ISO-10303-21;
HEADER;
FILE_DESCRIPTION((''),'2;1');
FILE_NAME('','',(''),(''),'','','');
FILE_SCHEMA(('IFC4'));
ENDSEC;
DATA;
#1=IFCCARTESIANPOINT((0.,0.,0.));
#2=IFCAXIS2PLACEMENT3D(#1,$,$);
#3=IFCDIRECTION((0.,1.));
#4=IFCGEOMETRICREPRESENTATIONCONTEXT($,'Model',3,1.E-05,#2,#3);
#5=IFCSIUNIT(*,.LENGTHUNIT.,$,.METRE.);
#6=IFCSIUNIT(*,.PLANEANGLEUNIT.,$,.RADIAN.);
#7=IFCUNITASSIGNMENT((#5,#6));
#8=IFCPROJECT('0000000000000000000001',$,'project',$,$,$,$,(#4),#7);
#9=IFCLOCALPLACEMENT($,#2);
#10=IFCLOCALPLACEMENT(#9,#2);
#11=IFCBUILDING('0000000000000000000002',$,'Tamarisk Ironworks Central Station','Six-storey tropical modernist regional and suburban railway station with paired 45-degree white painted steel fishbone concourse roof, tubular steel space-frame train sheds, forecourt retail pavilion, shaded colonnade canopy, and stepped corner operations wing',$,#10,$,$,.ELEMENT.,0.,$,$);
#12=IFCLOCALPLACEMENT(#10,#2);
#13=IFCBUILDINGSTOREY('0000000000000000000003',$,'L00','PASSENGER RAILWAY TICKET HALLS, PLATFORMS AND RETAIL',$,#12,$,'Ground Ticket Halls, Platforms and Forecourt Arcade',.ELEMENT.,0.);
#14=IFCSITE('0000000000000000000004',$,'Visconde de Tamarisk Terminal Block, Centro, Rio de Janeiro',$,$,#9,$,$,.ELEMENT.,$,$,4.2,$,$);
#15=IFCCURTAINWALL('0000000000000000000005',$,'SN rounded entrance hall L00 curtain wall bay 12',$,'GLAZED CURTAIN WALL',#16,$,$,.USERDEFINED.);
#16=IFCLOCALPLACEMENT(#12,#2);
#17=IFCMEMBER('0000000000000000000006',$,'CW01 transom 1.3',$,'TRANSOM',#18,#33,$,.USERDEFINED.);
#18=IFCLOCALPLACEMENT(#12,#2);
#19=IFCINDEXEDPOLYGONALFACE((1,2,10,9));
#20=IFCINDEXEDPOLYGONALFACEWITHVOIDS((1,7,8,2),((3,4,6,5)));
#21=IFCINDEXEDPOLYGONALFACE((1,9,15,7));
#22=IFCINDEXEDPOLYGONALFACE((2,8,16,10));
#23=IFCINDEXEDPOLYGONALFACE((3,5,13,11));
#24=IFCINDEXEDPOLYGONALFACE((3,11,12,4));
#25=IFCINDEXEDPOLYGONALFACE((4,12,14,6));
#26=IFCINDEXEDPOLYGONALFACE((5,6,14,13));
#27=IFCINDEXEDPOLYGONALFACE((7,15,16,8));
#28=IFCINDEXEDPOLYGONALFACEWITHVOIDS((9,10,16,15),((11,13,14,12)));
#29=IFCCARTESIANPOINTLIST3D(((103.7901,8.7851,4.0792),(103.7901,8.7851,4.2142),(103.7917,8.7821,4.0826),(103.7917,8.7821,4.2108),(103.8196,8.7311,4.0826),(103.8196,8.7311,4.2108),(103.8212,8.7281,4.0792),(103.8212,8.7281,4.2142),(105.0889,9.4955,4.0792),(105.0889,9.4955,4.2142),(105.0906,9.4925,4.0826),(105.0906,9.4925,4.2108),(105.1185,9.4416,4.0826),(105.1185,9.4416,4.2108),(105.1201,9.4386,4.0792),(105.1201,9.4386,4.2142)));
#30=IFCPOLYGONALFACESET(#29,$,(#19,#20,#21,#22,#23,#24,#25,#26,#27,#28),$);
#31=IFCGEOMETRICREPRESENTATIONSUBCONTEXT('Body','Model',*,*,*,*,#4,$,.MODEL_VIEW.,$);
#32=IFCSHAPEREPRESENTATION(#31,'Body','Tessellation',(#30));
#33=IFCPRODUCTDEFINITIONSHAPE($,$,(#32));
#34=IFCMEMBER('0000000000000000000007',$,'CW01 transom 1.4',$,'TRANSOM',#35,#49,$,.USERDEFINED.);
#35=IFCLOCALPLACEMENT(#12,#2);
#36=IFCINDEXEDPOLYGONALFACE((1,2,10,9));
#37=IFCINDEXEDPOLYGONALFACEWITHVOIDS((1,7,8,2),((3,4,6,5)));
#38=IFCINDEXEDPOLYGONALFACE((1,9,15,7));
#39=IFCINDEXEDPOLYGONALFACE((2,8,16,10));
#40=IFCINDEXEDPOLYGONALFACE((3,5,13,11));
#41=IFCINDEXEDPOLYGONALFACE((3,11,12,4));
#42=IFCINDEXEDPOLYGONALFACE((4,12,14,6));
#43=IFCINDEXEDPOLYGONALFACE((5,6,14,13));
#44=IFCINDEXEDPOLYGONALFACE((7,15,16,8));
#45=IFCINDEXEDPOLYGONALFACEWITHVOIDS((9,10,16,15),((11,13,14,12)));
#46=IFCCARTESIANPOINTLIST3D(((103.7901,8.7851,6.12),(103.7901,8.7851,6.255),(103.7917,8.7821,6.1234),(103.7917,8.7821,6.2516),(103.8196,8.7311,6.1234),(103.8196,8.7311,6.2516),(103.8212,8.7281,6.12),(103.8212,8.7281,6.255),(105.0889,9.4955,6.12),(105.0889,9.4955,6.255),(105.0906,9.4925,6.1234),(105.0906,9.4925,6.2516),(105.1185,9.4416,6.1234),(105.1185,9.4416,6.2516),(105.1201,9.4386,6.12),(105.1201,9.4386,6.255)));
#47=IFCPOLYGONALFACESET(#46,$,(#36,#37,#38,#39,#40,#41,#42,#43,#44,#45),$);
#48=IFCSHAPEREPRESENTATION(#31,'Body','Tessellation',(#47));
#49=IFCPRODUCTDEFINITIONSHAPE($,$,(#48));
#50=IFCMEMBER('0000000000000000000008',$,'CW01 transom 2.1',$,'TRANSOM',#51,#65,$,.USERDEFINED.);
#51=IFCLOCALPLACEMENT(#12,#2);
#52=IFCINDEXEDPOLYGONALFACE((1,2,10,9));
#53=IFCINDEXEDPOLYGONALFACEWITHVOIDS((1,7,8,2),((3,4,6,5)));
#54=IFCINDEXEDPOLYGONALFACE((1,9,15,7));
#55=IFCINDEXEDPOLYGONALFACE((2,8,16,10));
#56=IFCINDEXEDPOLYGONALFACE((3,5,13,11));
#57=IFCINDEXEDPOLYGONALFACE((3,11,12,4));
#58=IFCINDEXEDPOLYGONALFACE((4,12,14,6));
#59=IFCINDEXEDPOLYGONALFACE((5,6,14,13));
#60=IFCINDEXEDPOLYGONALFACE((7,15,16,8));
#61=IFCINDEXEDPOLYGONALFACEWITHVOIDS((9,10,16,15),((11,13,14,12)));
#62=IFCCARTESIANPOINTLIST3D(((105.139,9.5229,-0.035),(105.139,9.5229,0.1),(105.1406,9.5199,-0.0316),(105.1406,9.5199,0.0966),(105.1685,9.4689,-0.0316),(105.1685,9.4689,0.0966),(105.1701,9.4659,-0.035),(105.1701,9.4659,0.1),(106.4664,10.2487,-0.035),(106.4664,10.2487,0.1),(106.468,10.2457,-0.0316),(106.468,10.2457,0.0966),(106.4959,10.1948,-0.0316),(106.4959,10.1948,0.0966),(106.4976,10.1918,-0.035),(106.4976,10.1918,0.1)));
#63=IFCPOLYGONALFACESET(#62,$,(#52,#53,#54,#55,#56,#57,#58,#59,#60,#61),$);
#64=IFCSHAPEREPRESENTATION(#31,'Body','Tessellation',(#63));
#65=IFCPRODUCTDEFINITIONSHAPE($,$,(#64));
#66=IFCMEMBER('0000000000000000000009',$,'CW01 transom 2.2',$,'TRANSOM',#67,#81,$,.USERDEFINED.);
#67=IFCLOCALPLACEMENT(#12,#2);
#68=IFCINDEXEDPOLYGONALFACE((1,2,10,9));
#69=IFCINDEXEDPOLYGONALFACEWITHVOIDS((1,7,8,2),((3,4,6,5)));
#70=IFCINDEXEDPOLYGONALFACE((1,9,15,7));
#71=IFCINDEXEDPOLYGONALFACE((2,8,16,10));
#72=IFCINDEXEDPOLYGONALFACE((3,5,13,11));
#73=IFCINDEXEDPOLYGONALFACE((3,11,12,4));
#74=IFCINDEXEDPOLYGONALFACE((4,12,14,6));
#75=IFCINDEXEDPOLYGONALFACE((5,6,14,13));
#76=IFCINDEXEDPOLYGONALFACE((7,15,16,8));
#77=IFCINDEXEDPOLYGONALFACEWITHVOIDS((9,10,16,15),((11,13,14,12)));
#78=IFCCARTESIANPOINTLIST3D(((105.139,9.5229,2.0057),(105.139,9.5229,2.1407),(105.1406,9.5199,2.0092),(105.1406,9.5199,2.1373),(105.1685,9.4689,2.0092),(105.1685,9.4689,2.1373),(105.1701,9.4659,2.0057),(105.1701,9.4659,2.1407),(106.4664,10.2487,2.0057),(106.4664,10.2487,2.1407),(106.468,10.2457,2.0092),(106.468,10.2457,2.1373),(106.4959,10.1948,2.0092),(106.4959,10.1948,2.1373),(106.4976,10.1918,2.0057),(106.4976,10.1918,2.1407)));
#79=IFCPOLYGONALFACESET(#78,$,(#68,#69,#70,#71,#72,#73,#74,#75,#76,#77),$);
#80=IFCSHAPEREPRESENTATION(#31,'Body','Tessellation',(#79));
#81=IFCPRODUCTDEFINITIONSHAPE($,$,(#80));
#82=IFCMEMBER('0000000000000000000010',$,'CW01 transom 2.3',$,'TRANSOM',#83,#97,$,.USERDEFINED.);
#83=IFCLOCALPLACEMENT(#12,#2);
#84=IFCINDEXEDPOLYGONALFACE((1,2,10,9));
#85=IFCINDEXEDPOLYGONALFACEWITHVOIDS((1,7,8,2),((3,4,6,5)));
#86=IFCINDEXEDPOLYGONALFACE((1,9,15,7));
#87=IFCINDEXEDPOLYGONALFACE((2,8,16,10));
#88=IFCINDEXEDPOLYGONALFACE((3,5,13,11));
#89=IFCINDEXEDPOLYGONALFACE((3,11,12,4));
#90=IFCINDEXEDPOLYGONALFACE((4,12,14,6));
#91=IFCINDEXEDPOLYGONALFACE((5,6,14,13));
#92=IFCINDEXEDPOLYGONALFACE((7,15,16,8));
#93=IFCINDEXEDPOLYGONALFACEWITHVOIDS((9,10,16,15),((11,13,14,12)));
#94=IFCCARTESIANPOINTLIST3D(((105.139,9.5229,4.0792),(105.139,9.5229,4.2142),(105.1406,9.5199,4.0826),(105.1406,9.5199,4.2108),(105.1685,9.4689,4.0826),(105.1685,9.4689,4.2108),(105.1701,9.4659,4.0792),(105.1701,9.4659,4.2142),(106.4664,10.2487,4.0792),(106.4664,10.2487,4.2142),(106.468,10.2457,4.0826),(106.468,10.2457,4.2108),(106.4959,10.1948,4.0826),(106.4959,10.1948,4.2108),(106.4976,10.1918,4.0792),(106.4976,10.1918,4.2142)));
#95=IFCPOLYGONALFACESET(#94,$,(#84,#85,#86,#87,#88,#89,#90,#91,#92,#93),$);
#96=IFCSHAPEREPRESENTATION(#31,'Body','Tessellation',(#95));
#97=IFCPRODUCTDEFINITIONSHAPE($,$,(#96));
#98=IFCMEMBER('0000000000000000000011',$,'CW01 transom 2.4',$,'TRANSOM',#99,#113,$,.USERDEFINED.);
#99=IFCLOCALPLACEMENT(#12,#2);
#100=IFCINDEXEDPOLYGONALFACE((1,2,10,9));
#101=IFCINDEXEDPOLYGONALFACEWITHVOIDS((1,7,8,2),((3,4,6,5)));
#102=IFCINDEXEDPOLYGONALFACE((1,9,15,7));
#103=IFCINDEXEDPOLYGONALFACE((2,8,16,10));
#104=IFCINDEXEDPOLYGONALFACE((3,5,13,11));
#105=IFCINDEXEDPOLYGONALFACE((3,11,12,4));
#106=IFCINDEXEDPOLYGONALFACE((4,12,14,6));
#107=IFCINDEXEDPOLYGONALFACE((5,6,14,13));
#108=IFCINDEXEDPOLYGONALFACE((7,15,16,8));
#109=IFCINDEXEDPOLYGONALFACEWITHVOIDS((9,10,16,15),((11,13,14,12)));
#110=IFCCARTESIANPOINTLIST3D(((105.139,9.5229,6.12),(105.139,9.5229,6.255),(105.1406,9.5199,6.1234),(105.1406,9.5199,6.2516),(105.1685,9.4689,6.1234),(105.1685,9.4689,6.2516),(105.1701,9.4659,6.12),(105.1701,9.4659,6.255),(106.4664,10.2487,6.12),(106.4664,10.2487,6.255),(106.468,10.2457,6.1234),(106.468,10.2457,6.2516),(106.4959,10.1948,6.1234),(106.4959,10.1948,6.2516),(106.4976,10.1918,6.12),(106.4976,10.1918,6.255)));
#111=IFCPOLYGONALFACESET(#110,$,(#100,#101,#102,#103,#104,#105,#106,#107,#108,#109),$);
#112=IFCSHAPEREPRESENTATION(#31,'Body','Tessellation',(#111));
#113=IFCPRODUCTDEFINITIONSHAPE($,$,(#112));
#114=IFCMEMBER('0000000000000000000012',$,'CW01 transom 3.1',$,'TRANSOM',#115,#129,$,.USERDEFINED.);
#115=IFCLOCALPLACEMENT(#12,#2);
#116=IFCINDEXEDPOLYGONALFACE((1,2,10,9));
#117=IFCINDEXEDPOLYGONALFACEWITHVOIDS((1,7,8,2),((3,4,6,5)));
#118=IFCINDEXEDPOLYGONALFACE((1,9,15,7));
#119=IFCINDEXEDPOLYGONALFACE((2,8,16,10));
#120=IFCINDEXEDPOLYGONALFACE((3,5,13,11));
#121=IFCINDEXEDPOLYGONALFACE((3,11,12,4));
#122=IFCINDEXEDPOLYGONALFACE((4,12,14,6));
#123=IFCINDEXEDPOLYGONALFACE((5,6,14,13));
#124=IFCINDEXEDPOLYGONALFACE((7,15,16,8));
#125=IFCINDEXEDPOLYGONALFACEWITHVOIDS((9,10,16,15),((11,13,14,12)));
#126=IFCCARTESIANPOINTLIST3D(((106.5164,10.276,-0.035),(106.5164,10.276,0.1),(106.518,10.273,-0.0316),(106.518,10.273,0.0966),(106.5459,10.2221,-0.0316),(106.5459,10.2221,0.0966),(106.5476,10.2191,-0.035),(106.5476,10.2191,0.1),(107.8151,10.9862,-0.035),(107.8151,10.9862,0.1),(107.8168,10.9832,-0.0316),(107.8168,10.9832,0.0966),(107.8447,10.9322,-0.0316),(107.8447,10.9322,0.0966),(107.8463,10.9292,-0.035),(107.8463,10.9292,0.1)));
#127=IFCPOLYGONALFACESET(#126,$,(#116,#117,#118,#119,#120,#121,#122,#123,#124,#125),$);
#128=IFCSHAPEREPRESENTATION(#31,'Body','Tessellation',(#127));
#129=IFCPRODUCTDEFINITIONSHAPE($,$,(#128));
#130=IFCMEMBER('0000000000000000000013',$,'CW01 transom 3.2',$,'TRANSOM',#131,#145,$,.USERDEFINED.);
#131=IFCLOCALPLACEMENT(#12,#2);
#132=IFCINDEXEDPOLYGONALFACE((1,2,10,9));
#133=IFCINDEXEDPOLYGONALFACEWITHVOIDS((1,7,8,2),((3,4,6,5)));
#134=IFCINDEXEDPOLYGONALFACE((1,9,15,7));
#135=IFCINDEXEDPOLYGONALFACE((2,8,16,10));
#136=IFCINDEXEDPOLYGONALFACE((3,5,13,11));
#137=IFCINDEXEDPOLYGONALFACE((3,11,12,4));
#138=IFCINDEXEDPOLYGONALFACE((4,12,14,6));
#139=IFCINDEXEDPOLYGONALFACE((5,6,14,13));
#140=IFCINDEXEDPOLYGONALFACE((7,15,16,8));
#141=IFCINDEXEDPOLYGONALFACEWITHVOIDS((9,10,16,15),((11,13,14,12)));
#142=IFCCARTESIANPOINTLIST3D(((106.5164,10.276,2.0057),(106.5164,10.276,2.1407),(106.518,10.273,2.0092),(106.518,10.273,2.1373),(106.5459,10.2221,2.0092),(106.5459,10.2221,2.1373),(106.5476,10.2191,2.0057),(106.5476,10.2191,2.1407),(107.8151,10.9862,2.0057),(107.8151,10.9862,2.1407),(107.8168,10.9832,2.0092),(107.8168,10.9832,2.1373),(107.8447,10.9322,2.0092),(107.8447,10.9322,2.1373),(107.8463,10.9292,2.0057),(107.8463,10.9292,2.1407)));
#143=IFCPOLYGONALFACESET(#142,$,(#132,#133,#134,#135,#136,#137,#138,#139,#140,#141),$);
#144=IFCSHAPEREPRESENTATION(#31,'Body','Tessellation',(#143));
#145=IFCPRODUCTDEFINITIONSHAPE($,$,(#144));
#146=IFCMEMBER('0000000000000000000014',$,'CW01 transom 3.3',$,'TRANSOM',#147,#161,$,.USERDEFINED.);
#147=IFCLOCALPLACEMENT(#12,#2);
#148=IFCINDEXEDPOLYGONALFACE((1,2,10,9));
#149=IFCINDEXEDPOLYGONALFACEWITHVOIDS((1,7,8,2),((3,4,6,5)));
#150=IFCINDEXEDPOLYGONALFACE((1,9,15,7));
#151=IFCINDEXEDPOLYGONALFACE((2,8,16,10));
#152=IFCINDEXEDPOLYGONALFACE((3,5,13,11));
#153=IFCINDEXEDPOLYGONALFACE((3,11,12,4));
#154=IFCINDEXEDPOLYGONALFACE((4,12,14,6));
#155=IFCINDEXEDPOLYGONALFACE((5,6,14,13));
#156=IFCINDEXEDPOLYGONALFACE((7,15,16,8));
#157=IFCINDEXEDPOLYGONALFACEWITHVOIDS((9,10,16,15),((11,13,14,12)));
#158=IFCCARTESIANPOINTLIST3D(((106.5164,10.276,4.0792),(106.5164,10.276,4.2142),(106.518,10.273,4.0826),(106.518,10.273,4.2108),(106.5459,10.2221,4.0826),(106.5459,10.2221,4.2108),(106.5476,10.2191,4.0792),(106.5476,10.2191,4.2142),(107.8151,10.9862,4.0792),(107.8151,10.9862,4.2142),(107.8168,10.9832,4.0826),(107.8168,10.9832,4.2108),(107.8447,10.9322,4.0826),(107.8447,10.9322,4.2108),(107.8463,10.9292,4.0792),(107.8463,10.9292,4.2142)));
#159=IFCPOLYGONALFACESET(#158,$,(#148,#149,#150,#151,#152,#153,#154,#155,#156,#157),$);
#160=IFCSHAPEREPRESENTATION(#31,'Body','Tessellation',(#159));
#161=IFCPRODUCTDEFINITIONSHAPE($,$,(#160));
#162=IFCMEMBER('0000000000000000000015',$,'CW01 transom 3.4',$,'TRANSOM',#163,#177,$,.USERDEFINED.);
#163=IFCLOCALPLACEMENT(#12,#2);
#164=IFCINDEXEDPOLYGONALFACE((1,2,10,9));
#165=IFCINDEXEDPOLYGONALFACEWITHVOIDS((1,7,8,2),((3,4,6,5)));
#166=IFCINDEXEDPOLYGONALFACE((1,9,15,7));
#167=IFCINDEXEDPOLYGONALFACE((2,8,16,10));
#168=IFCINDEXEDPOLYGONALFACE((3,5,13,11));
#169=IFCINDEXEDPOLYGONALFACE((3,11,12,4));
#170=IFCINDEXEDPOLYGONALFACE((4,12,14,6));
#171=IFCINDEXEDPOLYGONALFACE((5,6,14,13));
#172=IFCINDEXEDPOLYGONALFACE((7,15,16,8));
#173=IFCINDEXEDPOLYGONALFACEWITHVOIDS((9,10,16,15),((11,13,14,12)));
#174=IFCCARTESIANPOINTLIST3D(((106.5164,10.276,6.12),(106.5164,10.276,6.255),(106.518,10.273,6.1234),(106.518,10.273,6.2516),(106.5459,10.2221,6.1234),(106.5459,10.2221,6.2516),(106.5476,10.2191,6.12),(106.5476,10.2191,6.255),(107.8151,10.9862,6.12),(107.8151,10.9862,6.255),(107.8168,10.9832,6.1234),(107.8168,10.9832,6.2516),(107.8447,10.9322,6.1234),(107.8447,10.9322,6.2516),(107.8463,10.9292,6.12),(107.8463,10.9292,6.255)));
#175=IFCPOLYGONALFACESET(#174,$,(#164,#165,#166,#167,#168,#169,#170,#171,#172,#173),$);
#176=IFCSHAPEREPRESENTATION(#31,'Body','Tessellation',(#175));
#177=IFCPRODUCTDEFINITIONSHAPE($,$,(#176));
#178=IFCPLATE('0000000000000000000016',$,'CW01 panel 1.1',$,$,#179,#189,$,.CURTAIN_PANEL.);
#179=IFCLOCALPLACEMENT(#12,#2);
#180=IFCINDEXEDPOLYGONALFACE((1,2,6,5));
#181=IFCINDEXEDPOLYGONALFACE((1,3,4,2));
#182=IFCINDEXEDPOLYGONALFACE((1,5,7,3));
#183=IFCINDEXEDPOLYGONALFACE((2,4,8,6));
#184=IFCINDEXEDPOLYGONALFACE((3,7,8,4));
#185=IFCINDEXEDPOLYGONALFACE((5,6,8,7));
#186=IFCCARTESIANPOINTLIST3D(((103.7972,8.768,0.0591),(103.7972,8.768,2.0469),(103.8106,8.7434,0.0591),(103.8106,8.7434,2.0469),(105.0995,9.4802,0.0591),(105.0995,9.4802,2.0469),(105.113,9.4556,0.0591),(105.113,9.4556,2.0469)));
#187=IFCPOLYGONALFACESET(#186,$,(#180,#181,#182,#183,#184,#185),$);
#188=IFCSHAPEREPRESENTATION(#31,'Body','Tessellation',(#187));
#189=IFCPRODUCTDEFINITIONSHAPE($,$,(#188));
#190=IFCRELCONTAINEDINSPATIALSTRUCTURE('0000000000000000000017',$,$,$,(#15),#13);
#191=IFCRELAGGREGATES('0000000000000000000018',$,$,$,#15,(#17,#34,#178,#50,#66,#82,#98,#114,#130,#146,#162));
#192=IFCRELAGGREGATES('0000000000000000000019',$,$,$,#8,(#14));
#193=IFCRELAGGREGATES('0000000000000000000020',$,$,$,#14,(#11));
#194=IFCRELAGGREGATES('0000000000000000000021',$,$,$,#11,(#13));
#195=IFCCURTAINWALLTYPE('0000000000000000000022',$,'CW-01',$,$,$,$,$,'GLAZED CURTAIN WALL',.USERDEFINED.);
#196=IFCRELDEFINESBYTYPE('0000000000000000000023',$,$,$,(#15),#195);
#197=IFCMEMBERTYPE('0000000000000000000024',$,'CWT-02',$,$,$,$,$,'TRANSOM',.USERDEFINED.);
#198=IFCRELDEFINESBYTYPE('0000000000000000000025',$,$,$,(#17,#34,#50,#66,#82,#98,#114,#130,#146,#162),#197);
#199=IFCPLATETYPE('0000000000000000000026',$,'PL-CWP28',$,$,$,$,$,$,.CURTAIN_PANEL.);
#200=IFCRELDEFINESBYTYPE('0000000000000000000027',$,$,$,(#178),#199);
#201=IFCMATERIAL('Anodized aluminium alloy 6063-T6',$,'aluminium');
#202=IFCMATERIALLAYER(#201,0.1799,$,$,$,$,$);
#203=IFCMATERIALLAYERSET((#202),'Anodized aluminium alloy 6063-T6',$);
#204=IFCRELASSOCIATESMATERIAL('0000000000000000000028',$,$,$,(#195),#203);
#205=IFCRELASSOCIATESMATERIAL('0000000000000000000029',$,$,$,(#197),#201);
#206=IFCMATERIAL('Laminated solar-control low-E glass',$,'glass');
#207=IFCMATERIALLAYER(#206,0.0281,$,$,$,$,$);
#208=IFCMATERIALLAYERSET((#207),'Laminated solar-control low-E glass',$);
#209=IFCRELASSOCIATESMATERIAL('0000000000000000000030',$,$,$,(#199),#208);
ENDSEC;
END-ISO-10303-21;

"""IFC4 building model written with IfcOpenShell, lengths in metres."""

from ifc_helpers import new_model, si_unit, direction, frame, origin, origin_2d, place, context, subcontext, project, spatial, rectangle, hollow_rectangle, extrude, material, layer, layer_set, material_profile, profile_set, type_object, element, aggregate, save


model = new_model("IFC4")

# Units and contexts
model_context = context("Model", 3, precision=1e-05, world=origin(), true_north=direction((0.0, 1.0)))
body_context = subcontext(model_context, "Body", "Model", "MODEL_VIEW")
ifc_project = project(units=[si_unit("LENGTHUNIT", "METRE"), si_unit("PLANEANGLEUNIT", "RADIAN")], contexts=[model_context])

# Site, building, storey
site_placement = place(None, origin())
site = spatial("IfcSite", under=ifc_project, at=site_placement, Name="Visconde de Tamarisk Terminal Block, Centro, Rio de Janeiro", CompositionType="ELEMENT", RefElevation=4.2)
building_placement = place(site_placement, origin())
building = spatial("IfcBuilding", under=site, at=building_placement, Name="Tamarisk Ironworks Central Station", Description="Six-storey tropical modernist regional and suburban railway station with paired 45-degree white painted steel fishbone concourse roof, tubular steel space-frame train sheds, forecourt retail pavilion, shaded colonnade canopy, and stepped corner operations wing", CompositionType="ELEMENT", ElevationOfRefHeight=0.0)
storey_placement = place(building_placement, origin())
storey = spatial("IfcBuildingStorey", under=building, at=storey_placement, Name="L00", Description="PASSENGER RAILWAY TICKET HALLS, PLATFORMS AND RETAIL", LongName="Ground Ticket Halls, Platforms and Forecourt Arcade", CompositionType="ELEMENT", Elevation=0.0)

# Curtain wall, members, plate
ifc_material_1 = material(Name="Anodized aluminium alloy 6063-T6", Category="aluminium")
ifc_layer_1 = layer(ifc_material_1, 0.1799)
ifc_layer_set_1 = layer_set([ifc_layer_1], Name="Anodized aluminium alloy 6063-T6")
curtain_wall_type = type_object("IfcCurtainWallType", Name="CW-01", ElementType="GLAZED CURTAIN WALL", PredefinedType="USERDEFINED", material=ifc_layer_set_1)
curtain_wall_placement = place(storey_placement, origin())
curtain_wall = element("IfcCurtainWall", 1, at=curtain_wall_placement, inside=storey, type_object=curtain_wall_type, Name="SN rounded entrance hall L00 curtain wall bay 12", ObjectType="GLAZED CURTAIN WALL", PredefinedType="USERDEFINED")
ifc_material_profile_1 = material_profile(ifc_material_1, hollow_rectangle(XDim=0.0649, YDim=0.135, WallThickness=0.0034, at=origin_2d()), Name="ALUM 135x65")
ifc_profile_set_1 = profile_set([ifc_material_profile_1], Name="Anodized aluminium alloy 6063-T6")
member_type_1 = type_object("IfcMemberType", Name="CWT-02", ElementType="TRANSOM", PredefinedType="USERDEFINED", material=ifc_profile_set_1)
member_1_placement = place(storey_placement, frame((103.8057, 8.7566, 4.1467), z_axis=(0.877328, 0.479892, 0.0), x_axis=(-0.479892, 0.877328, 0.0)))
member_1 = element("IfcMember", 2, at=member_1_placement, type_object=member_type_1, Name="CW01 transom 1.3", ObjectType="TRANSOM", PredefinedType="USERDEFINED", context=body_context, shape_type="SweptSolid", body=[
    extrude(hollow_rectangle(XDim=0.0649, YDim=0.135, WallThickness=0.0034, at=origin_2d()), origin(), (0.0, 0.0, 1.0), 1.4805),
])
member_2_placement = place(storey_placement, frame((103.8057, 8.7566, 6.1875), z_axis=(0.877328, 0.479892, 0.0), x_axis=(-0.479892, 0.877328, 0.0)))
member_2 = element("IfcMember", 3, at=member_2_placement, type_object=member_type_1, Name="CW01 transom 1.4", ObjectType="TRANSOM", PredefinedType="USERDEFINED", context=body_context, shape_type="SweptSolid", body=[
    extrude(hollow_rectangle(XDim=0.0649, YDim=0.135, WallThickness=0.0034, at=origin_2d()), origin(), (0.0, 0.0, 1.0), 1.4805),
])
member_3_placement = place(storey_placement, frame((105.1545, 9.4944, 0.0325), z_axis=(0.877396, 0.479768, 0.0), x_axis=(-0.479768, 0.877396, 0.0)))
member_3 = element("IfcMember", 4, at=member_3_placement, type_object=member_type_1, Name="CW01 transom 2.1", ObjectType="TRANSOM", PredefinedType="USERDEFINED", context=body_context, shape_type="SweptSolid", body=[
    extrude(hollow_rectangle(XDim=0.0649, YDim=0.135, WallThickness=0.0034, at=origin_2d()), origin(), (0.0, 0.0, 1.0), 1.5129),
])
member_4_placement = place(storey_placement, frame((105.1545, 9.4944, 2.0732), z_axis=(0.877396, 0.479768, 0.0), x_axis=(-0.479768, 0.877396, 0.0)))
member_4 = element("IfcMember", 5, at=member_4_placement, type_object=member_type_1, Name="CW01 transom 2.2", ObjectType="TRANSOM", PredefinedType="USERDEFINED", context=body_context, shape_type="SweptSolid", body=[
    extrude(hollow_rectangle(XDim=0.0649, YDim=0.135, WallThickness=0.0034, at=origin_2d()), origin(), (0.0, 0.0, 1.0), 1.5129),
])
member_5_placement = place(storey_placement, frame((105.1545, 9.4944, 4.1467), z_axis=(0.877396, 0.479768, 0.0), x_axis=(-0.479768, 0.877396, 0.0)))
member_5 = element("IfcMember", 6, at=member_5_placement, type_object=member_type_1, Name="CW01 transom 2.3", ObjectType="TRANSOM", PredefinedType="USERDEFINED", context=body_context, shape_type="SweptSolid", body=[
    extrude(hollow_rectangle(XDim=0.0649, YDim=0.135, WallThickness=0.0034, at=origin_2d()), origin(), (0.0, 0.0, 1.0), 1.5129),
])
member_6_placement = place(storey_placement, frame((105.1545, 9.4944, 6.1875), z_axis=(0.877396, 0.479768, 0.0), x_axis=(-0.479768, 0.877396, 0.0)))
member_6 = element("IfcMember", 7, at=member_6_placement, type_object=member_type_1, Name="CW01 transom 2.4", ObjectType="TRANSOM", PredefinedType="USERDEFINED", context=body_context, shape_type="SweptSolid", body=[
    extrude(hollow_rectangle(XDim=0.0649, YDim=0.135, WallThickness=0.0034, at=origin_2d()), origin(), (0.0, 0.0, 1.0), 1.5129),
])
member_7_placement = place(storey_placement, frame((106.532, 10.2476, 0.0325), z_axis=(0.877397, 0.479765, 0.0), x_axis=(-0.479765, 0.877397, 0.0)))
member_7 = element("IfcMember", 8, at=member_7_placement, type_object=member_type_1, Name="CW01 transom 3.1", ObjectType="TRANSOM", PredefinedType="USERDEFINED", context=body_context, shape_type="SweptSolid", body=[
    extrude(hollow_rectangle(XDim=0.0649, YDim=0.135, WallThickness=0.0034, at=origin_2d()), origin(), (0.0, 0.0, 1.0), 1.4802),
])
member_8_placement = place(storey_placement, frame((106.532, 10.2476, 2.0732), z_axis=(0.877397, 0.479765, 0.0), x_axis=(-0.479765, 0.877397, 0.0)))
member_8 = element("IfcMember", 9, at=member_8_placement, type_object=member_type_1, Name="CW01 transom 3.2", ObjectType="TRANSOM", PredefinedType="USERDEFINED", context=body_context, shape_type="SweptSolid", body=[
    extrude(hollow_rectangle(XDim=0.0649, YDim=0.135, WallThickness=0.0034, at=origin_2d()), origin(), (0.0, 0.0, 1.0), 1.4802),
])
member_9_placement = place(storey_placement, frame((106.532, 10.2476, 4.1467), z_axis=(0.877397, 0.479765, 0.0), x_axis=(-0.479765, 0.877397, 0.0)))
member_9 = element("IfcMember", 10, at=member_9_placement, type_object=member_type_1, Name="CW01 transom 3.3", ObjectType="TRANSOM", PredefinedType="USERDEFINED", context=body_context, shape_type="SweptSolid", body=[
    extrude(hollow_rectangle(XDim=0.0649, YDim=0.135, WallThickness=0.0034, at=origin_2d()), origin(), (0.0, 0.0, 1.0), 1.4802),
])
member_10_placement = place(storey_placement, frame((106.532, 10.2476, 6.1875), z_axis=(0.877397, 0.479765, 0.0), x_axis=(-0.479765, 0.877397, 0.0)))
member_10 = element("IfcMember", 11, at=member_10_placement, type_object=member_type_1, Name="CW01 transom 3.4", ObjectType="TRANSOM", PredefinedType="USERDEFINED", context=body_context, shape_type="SweptSolid", body=[
    extrude(hollow_rectangle(XDim=0.0649, YDim=0.135, WallThickness=0.0034, at=origin_2d()), origin(), (0.0, 0.0, 1.0), 1.4802),
])
ifc_material_2 = material(Name="Laminated solar-control low-E glass", Category="glass")
ifc_layer_2 = layer(ifc_material_2, 0.0281)
ifc_layer_set_2 = layer_set([ifc_layer_2], Name="Laminated solar-control low-E glass")
plate_type = type_object("IfcPlateType", Name="PL-CWP28", PredefinedType="CURTAIN_PANEL", material=ifc_layer_set_2)
plate_1_placement = place(storey_placement, frame((104.4551, 9.1118, 0.0591), z_axis=(0.0, 0.0, 1.0), x_axis=(0.877375, 0.479805, 0.0)))
plate_1 = element("IfcPlate", 12, at=plate_1_placement, type_object=plate_type, Name="CW01 panel 1.1", PredefinedType="CURTAIN_PANEL", context=body_context, shape_type="SweptSolid", body=[
    extrude(rectangle(XDim=1.4844, YDim=0.0281, at=origin_2d()), origin(), (0.0, 0.0, 1.0), 1.9878),
])
aggregate(curtain_wall, [member_1, member_2, plate_1, member_3, member_4, member_5, member_6, member_7, member_8, member_9, member_10])

save(model, "model.ifc")
